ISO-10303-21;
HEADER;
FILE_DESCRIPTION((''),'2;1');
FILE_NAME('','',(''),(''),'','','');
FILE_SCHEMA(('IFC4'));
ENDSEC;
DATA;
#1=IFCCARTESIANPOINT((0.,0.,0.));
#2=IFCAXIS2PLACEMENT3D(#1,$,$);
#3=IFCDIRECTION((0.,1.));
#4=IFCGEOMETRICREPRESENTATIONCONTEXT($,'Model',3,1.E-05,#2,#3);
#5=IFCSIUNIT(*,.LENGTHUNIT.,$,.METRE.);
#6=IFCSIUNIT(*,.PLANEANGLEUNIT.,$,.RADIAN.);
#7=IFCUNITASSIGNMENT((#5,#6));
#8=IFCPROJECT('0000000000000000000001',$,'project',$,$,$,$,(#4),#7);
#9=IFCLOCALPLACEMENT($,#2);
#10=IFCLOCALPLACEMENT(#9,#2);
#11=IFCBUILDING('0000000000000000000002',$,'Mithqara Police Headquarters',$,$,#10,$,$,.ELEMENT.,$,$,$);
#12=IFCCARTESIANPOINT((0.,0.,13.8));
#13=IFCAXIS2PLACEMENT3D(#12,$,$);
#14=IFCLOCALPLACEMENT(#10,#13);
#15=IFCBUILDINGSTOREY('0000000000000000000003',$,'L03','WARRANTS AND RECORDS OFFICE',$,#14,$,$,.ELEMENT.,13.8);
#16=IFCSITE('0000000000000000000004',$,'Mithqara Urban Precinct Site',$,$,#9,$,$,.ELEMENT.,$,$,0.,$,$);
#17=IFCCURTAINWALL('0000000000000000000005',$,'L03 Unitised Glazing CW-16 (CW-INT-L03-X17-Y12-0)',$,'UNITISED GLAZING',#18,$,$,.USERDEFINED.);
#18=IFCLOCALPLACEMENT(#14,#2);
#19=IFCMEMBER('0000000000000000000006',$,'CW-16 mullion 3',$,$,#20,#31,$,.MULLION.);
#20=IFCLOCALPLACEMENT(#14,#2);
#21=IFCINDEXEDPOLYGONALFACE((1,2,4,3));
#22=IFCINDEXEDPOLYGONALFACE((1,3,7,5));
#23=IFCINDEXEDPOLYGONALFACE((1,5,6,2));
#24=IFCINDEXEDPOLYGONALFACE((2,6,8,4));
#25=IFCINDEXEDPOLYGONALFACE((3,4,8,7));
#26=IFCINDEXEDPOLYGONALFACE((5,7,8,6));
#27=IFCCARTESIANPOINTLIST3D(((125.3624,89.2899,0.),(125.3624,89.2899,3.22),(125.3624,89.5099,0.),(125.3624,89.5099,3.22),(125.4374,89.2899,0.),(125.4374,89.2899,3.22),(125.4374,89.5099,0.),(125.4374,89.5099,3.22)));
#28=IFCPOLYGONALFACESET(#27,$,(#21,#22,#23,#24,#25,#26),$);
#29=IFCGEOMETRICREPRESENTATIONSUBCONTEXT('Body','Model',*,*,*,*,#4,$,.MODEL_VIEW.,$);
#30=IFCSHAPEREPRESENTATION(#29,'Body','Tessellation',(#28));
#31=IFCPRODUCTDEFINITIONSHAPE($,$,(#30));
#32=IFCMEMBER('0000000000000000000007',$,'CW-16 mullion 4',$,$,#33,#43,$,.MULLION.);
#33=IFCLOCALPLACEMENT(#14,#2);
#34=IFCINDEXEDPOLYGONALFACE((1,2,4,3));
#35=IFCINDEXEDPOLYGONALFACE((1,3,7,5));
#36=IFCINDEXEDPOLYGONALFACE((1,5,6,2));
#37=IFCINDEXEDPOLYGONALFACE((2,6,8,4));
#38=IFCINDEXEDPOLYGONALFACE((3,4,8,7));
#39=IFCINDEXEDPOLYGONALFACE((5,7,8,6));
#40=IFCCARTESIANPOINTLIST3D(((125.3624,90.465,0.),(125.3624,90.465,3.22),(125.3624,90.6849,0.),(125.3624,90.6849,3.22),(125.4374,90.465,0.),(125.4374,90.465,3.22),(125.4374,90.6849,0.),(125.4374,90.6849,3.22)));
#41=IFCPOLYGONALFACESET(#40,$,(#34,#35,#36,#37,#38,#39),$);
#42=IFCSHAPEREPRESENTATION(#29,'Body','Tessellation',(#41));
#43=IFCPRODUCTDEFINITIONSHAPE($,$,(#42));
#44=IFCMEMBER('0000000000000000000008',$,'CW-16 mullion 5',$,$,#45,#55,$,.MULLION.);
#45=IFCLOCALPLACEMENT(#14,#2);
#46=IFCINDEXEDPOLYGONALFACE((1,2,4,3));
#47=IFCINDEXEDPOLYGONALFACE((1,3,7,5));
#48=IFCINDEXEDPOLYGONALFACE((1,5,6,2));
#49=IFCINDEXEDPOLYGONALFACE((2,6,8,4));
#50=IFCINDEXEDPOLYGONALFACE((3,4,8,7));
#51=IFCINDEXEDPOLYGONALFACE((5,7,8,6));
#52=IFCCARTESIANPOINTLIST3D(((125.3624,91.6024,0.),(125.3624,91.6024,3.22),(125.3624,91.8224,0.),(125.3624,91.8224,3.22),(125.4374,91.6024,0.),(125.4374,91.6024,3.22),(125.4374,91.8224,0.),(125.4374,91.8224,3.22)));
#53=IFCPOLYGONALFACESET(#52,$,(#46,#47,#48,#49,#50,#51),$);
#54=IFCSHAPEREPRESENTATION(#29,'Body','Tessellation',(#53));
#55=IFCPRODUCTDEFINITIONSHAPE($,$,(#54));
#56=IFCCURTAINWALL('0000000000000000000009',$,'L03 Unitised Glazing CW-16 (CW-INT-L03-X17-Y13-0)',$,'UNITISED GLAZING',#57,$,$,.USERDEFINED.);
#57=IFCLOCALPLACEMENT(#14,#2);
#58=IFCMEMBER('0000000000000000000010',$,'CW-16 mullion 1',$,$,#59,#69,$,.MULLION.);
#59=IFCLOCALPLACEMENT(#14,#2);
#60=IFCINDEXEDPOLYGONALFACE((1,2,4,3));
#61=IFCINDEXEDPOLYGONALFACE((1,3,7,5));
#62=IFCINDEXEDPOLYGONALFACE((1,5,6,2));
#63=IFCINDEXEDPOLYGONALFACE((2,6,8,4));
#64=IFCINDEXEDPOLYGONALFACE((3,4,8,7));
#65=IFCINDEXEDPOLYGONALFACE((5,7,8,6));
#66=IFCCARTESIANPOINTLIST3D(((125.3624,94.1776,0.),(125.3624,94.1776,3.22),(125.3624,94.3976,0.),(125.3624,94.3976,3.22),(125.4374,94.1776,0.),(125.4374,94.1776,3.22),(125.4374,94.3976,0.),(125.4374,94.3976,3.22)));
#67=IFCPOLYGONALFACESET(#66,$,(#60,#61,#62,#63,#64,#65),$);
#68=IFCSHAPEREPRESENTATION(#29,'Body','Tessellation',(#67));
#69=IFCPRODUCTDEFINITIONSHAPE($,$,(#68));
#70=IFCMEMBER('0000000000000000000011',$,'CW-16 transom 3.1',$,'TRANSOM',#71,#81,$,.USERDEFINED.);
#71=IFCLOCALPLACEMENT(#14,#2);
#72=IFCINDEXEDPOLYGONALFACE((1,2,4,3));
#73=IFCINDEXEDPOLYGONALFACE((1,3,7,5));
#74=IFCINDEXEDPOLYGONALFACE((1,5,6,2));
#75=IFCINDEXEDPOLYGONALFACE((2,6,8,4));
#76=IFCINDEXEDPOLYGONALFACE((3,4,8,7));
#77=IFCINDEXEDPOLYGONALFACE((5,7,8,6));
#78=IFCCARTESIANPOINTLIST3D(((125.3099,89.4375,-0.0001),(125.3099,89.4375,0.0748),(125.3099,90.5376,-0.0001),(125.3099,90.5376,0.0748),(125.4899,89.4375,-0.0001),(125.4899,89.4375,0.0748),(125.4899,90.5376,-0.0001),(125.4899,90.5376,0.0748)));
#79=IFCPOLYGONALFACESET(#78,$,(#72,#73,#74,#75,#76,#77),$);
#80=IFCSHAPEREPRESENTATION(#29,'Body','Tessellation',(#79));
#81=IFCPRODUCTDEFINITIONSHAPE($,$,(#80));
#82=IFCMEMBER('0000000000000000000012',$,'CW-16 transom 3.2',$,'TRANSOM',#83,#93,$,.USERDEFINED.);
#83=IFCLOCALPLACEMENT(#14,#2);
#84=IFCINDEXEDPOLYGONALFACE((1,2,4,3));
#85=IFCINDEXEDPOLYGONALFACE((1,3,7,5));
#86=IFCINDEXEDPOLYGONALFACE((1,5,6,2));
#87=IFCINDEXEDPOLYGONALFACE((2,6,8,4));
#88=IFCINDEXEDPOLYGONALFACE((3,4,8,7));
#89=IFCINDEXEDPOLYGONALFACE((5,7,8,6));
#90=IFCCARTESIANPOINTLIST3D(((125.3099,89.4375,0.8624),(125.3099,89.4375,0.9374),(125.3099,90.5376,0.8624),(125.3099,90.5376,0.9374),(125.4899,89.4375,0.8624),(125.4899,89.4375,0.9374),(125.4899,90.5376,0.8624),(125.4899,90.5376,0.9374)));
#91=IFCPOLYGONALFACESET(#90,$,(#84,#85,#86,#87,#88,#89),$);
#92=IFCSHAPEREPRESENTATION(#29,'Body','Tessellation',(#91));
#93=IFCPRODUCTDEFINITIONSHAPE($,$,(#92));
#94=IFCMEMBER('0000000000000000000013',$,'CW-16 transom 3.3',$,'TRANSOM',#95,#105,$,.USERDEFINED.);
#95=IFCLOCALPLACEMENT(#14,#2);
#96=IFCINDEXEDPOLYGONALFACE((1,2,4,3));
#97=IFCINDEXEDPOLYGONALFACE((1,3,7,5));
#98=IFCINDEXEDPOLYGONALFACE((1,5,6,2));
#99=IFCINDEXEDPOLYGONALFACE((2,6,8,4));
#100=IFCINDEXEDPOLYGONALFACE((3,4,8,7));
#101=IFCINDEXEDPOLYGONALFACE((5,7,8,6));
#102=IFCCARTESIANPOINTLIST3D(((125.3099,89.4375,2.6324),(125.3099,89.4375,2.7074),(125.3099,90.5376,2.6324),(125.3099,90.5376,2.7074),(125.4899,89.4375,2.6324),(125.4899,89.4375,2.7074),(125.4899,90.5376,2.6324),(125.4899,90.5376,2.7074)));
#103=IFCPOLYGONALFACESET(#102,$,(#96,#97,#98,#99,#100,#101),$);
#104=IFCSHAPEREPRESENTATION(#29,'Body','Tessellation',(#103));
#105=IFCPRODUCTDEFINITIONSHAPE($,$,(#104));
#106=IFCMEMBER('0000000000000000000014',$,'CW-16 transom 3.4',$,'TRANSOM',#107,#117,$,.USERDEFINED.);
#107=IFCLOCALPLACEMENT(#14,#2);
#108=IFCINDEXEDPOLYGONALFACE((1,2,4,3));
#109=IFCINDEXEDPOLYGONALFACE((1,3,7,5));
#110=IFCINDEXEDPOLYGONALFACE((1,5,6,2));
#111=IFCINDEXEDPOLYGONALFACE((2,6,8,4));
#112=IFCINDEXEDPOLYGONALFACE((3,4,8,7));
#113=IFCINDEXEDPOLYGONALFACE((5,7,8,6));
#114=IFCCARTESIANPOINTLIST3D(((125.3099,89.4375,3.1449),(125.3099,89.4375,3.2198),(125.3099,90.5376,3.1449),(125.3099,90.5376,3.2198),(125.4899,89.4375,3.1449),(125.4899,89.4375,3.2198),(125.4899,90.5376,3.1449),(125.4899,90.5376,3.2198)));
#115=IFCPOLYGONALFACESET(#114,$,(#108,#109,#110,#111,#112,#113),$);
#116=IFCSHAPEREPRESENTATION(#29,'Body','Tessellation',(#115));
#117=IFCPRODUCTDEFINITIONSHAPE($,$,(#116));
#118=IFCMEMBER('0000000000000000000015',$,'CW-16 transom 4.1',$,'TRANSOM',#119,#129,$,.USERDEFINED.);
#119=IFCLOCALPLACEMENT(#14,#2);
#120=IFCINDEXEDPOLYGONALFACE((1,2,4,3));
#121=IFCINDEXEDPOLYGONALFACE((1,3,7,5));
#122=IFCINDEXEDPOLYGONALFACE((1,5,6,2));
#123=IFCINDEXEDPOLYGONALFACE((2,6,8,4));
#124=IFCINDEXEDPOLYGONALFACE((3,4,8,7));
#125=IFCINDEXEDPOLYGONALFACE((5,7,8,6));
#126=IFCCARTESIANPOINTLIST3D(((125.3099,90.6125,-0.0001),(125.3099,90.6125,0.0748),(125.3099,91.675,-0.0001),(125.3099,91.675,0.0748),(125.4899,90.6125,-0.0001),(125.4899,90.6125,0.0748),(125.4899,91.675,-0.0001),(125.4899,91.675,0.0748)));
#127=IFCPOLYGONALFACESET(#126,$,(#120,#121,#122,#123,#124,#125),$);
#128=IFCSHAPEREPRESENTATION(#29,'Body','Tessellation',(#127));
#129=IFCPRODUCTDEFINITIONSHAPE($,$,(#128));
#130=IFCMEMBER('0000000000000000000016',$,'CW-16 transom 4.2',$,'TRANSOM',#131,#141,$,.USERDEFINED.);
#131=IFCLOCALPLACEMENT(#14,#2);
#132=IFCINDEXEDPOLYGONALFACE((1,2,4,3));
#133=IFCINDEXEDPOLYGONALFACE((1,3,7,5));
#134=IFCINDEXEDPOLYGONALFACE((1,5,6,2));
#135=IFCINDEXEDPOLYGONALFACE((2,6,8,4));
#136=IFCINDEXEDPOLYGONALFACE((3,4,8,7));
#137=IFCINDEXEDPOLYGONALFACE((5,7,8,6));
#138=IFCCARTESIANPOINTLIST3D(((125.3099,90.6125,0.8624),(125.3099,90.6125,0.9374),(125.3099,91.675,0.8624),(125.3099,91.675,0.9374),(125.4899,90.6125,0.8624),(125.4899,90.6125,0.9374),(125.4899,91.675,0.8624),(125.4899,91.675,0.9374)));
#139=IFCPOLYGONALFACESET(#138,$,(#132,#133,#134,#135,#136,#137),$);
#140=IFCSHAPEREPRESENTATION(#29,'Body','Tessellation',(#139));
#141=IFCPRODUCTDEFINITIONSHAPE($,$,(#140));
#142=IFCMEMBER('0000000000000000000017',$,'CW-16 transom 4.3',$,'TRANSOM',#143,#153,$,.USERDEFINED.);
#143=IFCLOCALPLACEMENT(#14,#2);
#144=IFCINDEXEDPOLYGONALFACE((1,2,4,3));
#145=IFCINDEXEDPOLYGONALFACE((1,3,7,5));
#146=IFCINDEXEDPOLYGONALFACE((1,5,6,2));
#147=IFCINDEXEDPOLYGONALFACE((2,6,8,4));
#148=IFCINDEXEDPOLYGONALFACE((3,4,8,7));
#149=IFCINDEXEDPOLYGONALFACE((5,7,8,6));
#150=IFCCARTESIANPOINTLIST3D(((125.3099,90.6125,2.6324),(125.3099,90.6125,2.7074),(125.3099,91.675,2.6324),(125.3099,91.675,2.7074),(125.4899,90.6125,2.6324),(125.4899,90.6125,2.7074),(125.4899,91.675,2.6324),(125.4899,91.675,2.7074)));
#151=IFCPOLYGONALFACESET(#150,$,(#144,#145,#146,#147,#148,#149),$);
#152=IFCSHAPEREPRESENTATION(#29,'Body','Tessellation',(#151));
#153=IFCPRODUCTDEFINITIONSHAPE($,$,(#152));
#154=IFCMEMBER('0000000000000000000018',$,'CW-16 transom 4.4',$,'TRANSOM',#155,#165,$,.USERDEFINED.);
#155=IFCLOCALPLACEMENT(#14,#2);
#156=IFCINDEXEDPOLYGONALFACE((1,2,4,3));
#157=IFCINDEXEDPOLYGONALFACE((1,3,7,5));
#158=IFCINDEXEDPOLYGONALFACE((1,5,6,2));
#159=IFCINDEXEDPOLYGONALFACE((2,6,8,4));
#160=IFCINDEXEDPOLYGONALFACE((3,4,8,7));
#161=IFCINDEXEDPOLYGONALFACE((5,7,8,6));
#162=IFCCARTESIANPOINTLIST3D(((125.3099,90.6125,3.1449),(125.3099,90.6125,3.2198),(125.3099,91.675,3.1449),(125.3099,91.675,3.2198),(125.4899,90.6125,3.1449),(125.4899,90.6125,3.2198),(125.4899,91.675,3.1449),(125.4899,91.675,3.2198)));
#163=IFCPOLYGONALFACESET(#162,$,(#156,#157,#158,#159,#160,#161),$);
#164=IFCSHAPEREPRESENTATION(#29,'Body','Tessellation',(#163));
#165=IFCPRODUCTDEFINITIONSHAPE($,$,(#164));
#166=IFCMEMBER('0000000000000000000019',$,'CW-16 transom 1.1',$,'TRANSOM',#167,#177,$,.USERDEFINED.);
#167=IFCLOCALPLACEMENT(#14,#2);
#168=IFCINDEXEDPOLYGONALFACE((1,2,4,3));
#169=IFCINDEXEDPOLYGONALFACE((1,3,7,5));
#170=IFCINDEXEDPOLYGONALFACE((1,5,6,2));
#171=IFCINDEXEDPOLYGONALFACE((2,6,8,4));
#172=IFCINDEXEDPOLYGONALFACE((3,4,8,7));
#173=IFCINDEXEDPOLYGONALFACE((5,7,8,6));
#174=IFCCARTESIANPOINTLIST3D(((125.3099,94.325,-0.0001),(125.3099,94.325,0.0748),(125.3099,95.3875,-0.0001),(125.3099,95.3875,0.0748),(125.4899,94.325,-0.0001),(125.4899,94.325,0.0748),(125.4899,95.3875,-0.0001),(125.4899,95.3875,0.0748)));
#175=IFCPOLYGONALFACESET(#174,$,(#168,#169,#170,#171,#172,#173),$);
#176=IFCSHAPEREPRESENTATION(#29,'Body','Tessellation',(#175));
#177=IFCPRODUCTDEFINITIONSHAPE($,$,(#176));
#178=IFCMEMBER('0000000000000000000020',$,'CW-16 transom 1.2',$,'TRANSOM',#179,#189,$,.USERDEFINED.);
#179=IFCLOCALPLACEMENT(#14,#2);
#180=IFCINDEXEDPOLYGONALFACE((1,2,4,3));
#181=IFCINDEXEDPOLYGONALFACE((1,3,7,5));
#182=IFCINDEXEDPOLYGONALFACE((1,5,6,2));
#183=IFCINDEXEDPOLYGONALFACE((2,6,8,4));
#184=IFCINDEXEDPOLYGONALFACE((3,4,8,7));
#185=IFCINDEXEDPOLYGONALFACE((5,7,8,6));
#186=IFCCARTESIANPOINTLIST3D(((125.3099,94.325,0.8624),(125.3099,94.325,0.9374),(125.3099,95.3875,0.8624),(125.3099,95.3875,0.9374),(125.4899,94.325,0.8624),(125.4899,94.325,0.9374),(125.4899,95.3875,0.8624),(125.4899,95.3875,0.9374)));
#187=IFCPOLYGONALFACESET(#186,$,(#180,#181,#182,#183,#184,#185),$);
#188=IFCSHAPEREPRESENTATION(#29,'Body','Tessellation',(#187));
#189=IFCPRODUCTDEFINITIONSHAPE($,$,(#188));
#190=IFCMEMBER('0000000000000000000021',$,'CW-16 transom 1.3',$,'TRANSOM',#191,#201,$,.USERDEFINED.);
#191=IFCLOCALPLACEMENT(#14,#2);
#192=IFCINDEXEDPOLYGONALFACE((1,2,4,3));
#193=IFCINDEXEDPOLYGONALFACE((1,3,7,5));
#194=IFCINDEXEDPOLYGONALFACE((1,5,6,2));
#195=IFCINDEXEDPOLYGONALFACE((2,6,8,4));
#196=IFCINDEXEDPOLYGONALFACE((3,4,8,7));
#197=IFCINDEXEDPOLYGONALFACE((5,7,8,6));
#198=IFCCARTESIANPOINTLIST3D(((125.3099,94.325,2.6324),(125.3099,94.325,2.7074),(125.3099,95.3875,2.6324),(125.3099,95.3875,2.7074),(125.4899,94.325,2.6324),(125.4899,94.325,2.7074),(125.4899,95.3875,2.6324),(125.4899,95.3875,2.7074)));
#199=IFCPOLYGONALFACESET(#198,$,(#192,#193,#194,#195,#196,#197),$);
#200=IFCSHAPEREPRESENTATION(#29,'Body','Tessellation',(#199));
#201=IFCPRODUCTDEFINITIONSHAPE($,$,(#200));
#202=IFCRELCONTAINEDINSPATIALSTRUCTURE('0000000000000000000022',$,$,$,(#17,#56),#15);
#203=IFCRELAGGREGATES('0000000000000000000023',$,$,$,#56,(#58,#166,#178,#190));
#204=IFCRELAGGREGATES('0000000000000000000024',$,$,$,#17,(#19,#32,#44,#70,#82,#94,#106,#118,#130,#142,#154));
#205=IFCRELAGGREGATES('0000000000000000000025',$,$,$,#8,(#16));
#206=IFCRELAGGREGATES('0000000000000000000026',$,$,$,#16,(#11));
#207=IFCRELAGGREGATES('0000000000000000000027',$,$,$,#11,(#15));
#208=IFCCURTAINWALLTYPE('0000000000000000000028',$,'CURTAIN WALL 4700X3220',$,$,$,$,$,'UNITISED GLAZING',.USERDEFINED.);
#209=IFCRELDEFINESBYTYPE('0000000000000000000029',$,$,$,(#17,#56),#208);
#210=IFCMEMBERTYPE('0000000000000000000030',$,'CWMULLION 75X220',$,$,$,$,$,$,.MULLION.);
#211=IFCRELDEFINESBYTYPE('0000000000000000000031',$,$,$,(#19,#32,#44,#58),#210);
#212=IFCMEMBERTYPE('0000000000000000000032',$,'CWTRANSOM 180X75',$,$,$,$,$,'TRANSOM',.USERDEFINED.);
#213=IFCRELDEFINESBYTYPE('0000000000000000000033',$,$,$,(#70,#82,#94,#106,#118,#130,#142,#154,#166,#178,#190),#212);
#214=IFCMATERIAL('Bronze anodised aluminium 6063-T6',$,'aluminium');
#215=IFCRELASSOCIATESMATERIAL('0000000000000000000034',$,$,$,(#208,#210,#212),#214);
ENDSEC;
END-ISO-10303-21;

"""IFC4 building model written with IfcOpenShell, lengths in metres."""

from ifc_helpers import new_model, si_unit, direction, frame, origin, origin_2d, place, context, subcontext, project, spatial, rectangle, extrude, material, material_profile, profile_set, type_object, element, aggregate, save


model = new_model("IFC4")

# Units and contexts
model_context = context("Model", 3, precision=1e-05, world=origin(), true_north=direction((0.0, 1.0)))
body_context = subcontext(model_context, "Body", "Model", "MODEL_VIEW")
ifc_project = project(units=[si_unit("LENGTHUNIT", "METRE"), si_unit("PLANEANGLEUNIT", "RADIAN")], contexts=[model_context])

# Site, building, storey
site_placement = place(None, origin())
site = spatial("IfcSite", under=ifc_project, at=site_placement, Name="Mithqara Urban Precinct Site", CompositionType="ELEMENT", RefElevation=0.0)
building_placement = place(site_placement, origin())
building = spatial("IfcBuilding", under=site, at=building_placement, Name="Mithqara Police Headquarters", CompositionType="ELEMENT")
storey_placement = place(building_placement, frame((0.0, 0.0, 13.8)))
storey = spatial("IfcBuildingStorey", under=building, at=storey_placement, Name="L03", Description="WARRANTS AND RECORDS OFFICE", CompositionType="ELEMENT", Elevation=13.8)

# Curtain wall, members
ifc_material_1 = material(Name="Bronze anodised aluminium 6063-T6", Category="aluminium")
curtain_wall_type = type_object("IfcCurtainWallType", Name="CURTAIN WALL 4700X3220", ElementType="UNITISED GLAZING", PredefinedType="USERDEFINED", material=ifc_material_1)
curtain_wall_1_placement = place(storey_placement, origin())
curtain_wall_1 = element("IfcCurtainWall", 1, at=curtain_wall_1_placement, inside=storey, type_object=curtain_wall_type, Name="L03 Unitised Glazing CW-16 (CW-INT-L03-X17-Y12-0)", ObjectType="UNITISED GLAZING", PredefinedType="USERDEFINED")
ifc_material_profile_1 = material_profile(ifc_material_1, rectangle(XDim=0.075, YDim=0.22, at=origin_2d()), Name="CWM 75x220")
ifc_profile_set_1 = profile_set([ifc_material_profile_1], Name="Bronze anodised aluminium 6063-T6")
member_type_1 = type_object("IfcMemberType", Name="CWMULLION 75X220", PredefinedType="MULLION", material=ifc_profile_set_1)
member_1_placement = place(storey_placement, frame((125.3999, 89.3999, 0.0), z_axis=(0.0, 0.0, 1.0), x_axis=(-1.0, 0.0, 0.0)))
member_1 = element("IfcMember", 2, at=member_1_placement, type_object=member_type_1, Name="CW-16 mullion 3", PredefinedType="MULLION", context=body_context, shape_type="SweptSolid", body=[
    extrude(rectangle(XDim=0.075, YDim=0.22, at=origin_2d()), origin(), (0.0, 0.0, 1.0), 3.22),
])
member_2_placement = place(storey_placement, frame((125.3999, 90.575, 0.0), z_axis=(0.0, 0.0, 1.0), x_axis=(-1.0, 0.0, 0.0)))
member_2 = element("IfcMember", 3, at=member_2_placement, type_object=member_type_1, Name="CW-16 mullion 4", PredefinedType="MULLION", context=body_context, shape_type="SweptSolid", body=[
    extrude(rectangle(XDim=0.075, YDim=0.22, at=origin_2d()), origin(), (0.0, 0.0, 1.0), 3.22),
])
member_3_placement = place(storey_placement, frame((125.3999, 91.7124, 0.0), z_axis=(0.0, 0.0, 1.0), x_axis=(-1.0, 0.0, 0.0)))
member_3 = element("IfcMember", 4, at=member_3_placement, type_object=member_type_1, Name="CW-16 mullion 5", PredefinedType="MULLION", context=body_context, shape_type="SweptSolid", body=[
    extrude(rectangle(XDim=0.075, YDim=0.22, at=origin_2d()), origin(), (0.0, 0.0, 1.0), 3.22),
])

# Curtain wall, member
curtain_wall_2_placement = place(storey_placement, origin())
curtain_wall_2 = element("IfcCurtainWall", 5, at=curtain_wall_2_placement, inside=storey, type_object=curtain_wall_type, Name="L03 Unitised Glazing CW-16 (CW-INT-L03-X17-Y13-0)", ObjectType="UNITISED GLAZING", PredefinedType="USERDEFINED")
member_4_placement = place(storey_placement, frame((125.3999, 94.2876, 0.0), z_axis=(0.0, 0.0, 1.0), x_axis=(-1.0, 0.0, 0.0)))
member_4 = element("IfcMember", 6, at=member_4_placement, type_object=member_type_1, Name="CW-16 mullion 1", PredefinedType="MULLION", context=body_context, shape_type="SweptSolid", body=[
    extrude(rectangle(XDim=0.075, YDim=0.22, at=origin_2d()), origin(), (0.0, 0.0, 1.0), 3.22),
])

# Members
ifc_material_profile_2 = material_profile(ifc_material_1, rectangle(XDim=0.1799, YDim=0.075, at=origin_2d()), Name="CWT 180x75")
ifc_profile_set_2 = profile_set([ifc_material_profile_2], Name="Bronze anodised aluminium 6063-T6")
member_type_2 = type_object("IfcMemberType", Name="CWTRANSOM 180X75", ElementType="TRANSOM", PredefinedType="USERDEFINED", material=ifc_profile_set_2)
member_5_placement = place(storey_placement, frame((125.3999, 89.4375, 0.0374), z_axis=(0.0, 1.0, 0.0), x_axis=(-1.0, 0.0, 0.0)))
member_5 = element("IfcMember", 7, at=member_5_placement, type_object=member_type_2, Name="CW-16 transom 3.1", ObjectType="TRANSOM", PredefinedType="USERDEFINED", context=body_context, shape_type="SweptSolid", body=[
    extrude(rectangle(XDim=0.1799, YDim=0.075, at=origin_2d()), origin(), (0.0, 0.0, 1.0), 1.1001),
])
member_6_placement = place(storey_placement, frame((125.3999, 89.4375, 0.8999), z_axis=(0.0, 1.0, 0.0), x_axis=(-1.0, 0.0, 0.0)))
member_6 = element("IfcMember", 8, at=member_6_placement, type_object=member_type_2, Name="CW-16 transom 3.2", ObjectType="TRANSOM", PredefinedType="USERDEFINED", context=body_context, shape_type="SweptSolid", body=[
    extrude(rectangle(XDim=0.1799, YDim=0.075, at=origin_2d()), origin(), (0.0, 0.0, 1.0), 1.1001),
])
member_7_placement = place(storey_placement, frame((125.3999, 89.4375, 2.6699), z_axis=(0.0, 1.0, 0.0), x_axis=(-1.0, 0.0, 0.0)))
member_7 = element("IfcMember", 9, at=member_7_placement, type_object=member_type_2, Name="CW-16 transom 3.3", ObjectType="TRANSOM", PredefinedType="USERDEFINED", context=body_context, shape_type="SweptSolid", body=[
    extrude(rectangle(XDim=0.1799, YDim=0.075, at=origin_2d()), origin(), (0.0, 0.0, 1.0), 1.1001),
])
member_8_placement = place(storey_placement, frame((125.3999, 89.4375, 3.1824), z_axis=(0.0, 1.0, 0.0), x_axis=(-1.0, 0.0, 0.0)))
member_8 = element("IfcMember", 10, at=member_8_placement, type_object=member_type_2, Name="CW-16 transom 3.4", ObjectType="TRANSOM", PredefinedType="USERDEFINED", context=body_context, shape_type="SweptSolid", body=[
    extrude(rectangle(XDim=0.1799, YDim=0.075, at=origin_2d()), origin(), (0.0, 0.0, 1.0), 1.1001),
])
member_9_placement = place(storey_placement, frame((125.3999, 90.6125, 0.0374), z_axis=(0.0, 1.0, 0.0), x_axis=(-1.0, 0.0, 0.0)))
member_9 = element("IfcMember", 11, at=member_9_placement, type_object=member_type_2, Name="CW-16 transom 4.1", ObjectType="TRANSOM", PredefinedType="USERDEFINED", context=body_context, shape_type="SweptSolid", body=[
    extrude(rectangle(XDim=0.1799, YDim=0.075, at=origin_2d()), origin(), (0.0, 0.0, 1.0), 1.0625),
])
member_10_placement = place(storey_placement, frame((125.3999, 90.6125, 0.8999), z_axis=(0.0, 1.0, 0.0), x_axis=(-1.0, 0.0, 0.0)))
member_10 = element("IfcMember", 12, at=member_10_placement, type_object=member_type_2, Name="CW-16 transom 4.2", ObjectType="TRANSOM", PredefinedType="USERDEFINED", context=body_context, shape_type="SweptSolid", body=[
    extrude(rectangle(XDim=0.1799, YDim=0.075, at=origin_2d()), origin(), (0.0, 0.0, 1.0), 1.0625),
])
member_11_placement = place(storey_placement, frame((125.3999, 90.6125, 2.6699), z_axis=(0.0, 1.0, 0.0), x_axis=(-1.0, 0.0, 0.0)))
member_11 = element("IfcMember", 13, at=member_11_placement, type_object=member_type_2, Name="CW-16 transom 4.3", ObjectType="TRANSOM", PredefinedType="USERDEFINED", context=body_context, shape_type="SweptSolid", body=[
    extrude(rectangle(XDim=0.1799, YDim=0.075, at=origin_2d()), origin(), (0.0, 0.0, 1.0), 1.0625),
])
member_12_placement = place(storey_placement, frame((125.3999, 90.6125, 3.1824), z_axis=(0.0, 1.0, 0.0), x_axis=(-1.0, 0.0, 0.0)))
member_12 = element("IfcMember", 14, at=member_12_placement, type_object=member_type_2, Name="CW-16 transom 4.4", ObjectType="TRANSOM", PredefinedType="USERDEFINED", context=body_context, shape_type="SweptSolid", body=[
    extrude(rectangle(XDim=0.1799, YDim=0.075, at=origin_2d()), origin(), (0.0, 0.0, 1.0), 1.0625),
])
member_13_placement = place(storey_placement, frame((125.3999, 94.325, 0.0374), z_axis=(0.0, 1.0, 0.0), x_axis=(-1.0, 0.0, 0.0)))
member_13 = element("IfcMember", 15, at=member_13_placement, type_object=member_type_2, Name="CW-16 transom 1.1", ObjectType="TRANSOM", PredefinedType="USERDEFINED", context=body_context, shape_type="SweptSolid", body=[
    extrude(rectangle(XDim=0.1799, YDim=0.075, at=origin_2d()), origin(), (0.0, 0.0, 1.0), 1.0625),
])
member_14_placement = place(storey_placement, frame((125.3999, 94.325, 0.8999), z_axis=(0.0, 1.0, 0.0), x_axis=(-1.0, 0.0, 0.0)))
member_14 = element("IfcMember", 16, at=member_14_placement, type_object=member_type_2, Name="CW-16 transom 1.2", ObjectType="TRANSOM", PredefinedType="USERDEFINED", context=body_context, shape_type="SweptSolid", body=[
    extrude(rectangle(XDim=0.1799, YDim=0.075, at=origin_2d()), origin(), (0.0, 0.0, 1.0), 1.0625),
])
member_15_placement = place(storey_placement, frame((125.3999, 94.325, 2.6699), z_axis=(0.0, 1.0, 0.0), x_axis=(-1.0, 0.0, 0.0)))
member_15 = element("IfcMember", 17, at=member_15_placement, type_object=member_type_2, Name="CW-16 transom 1.3", ObjectType="TRANSOM", PredefinedType="USERDEFINED", context=body_context, shape_type="SweptSolid", body=[
    extrude(rectangle(XDim=0.1799, YDim=0.075, at=origin_2d()), origin(), (0.0, 0.0, 1.0), 1.0625),
])
aggregate(curtain_wall_2, [member_4, member_13, member_14, member_15])

aggregate(curtain_wall_1, [member_1, member_2, member_3, member_5, member_6, member_7, member_8, member_9, member_10, member_11, member_12])

save(model, "model.ifc")
